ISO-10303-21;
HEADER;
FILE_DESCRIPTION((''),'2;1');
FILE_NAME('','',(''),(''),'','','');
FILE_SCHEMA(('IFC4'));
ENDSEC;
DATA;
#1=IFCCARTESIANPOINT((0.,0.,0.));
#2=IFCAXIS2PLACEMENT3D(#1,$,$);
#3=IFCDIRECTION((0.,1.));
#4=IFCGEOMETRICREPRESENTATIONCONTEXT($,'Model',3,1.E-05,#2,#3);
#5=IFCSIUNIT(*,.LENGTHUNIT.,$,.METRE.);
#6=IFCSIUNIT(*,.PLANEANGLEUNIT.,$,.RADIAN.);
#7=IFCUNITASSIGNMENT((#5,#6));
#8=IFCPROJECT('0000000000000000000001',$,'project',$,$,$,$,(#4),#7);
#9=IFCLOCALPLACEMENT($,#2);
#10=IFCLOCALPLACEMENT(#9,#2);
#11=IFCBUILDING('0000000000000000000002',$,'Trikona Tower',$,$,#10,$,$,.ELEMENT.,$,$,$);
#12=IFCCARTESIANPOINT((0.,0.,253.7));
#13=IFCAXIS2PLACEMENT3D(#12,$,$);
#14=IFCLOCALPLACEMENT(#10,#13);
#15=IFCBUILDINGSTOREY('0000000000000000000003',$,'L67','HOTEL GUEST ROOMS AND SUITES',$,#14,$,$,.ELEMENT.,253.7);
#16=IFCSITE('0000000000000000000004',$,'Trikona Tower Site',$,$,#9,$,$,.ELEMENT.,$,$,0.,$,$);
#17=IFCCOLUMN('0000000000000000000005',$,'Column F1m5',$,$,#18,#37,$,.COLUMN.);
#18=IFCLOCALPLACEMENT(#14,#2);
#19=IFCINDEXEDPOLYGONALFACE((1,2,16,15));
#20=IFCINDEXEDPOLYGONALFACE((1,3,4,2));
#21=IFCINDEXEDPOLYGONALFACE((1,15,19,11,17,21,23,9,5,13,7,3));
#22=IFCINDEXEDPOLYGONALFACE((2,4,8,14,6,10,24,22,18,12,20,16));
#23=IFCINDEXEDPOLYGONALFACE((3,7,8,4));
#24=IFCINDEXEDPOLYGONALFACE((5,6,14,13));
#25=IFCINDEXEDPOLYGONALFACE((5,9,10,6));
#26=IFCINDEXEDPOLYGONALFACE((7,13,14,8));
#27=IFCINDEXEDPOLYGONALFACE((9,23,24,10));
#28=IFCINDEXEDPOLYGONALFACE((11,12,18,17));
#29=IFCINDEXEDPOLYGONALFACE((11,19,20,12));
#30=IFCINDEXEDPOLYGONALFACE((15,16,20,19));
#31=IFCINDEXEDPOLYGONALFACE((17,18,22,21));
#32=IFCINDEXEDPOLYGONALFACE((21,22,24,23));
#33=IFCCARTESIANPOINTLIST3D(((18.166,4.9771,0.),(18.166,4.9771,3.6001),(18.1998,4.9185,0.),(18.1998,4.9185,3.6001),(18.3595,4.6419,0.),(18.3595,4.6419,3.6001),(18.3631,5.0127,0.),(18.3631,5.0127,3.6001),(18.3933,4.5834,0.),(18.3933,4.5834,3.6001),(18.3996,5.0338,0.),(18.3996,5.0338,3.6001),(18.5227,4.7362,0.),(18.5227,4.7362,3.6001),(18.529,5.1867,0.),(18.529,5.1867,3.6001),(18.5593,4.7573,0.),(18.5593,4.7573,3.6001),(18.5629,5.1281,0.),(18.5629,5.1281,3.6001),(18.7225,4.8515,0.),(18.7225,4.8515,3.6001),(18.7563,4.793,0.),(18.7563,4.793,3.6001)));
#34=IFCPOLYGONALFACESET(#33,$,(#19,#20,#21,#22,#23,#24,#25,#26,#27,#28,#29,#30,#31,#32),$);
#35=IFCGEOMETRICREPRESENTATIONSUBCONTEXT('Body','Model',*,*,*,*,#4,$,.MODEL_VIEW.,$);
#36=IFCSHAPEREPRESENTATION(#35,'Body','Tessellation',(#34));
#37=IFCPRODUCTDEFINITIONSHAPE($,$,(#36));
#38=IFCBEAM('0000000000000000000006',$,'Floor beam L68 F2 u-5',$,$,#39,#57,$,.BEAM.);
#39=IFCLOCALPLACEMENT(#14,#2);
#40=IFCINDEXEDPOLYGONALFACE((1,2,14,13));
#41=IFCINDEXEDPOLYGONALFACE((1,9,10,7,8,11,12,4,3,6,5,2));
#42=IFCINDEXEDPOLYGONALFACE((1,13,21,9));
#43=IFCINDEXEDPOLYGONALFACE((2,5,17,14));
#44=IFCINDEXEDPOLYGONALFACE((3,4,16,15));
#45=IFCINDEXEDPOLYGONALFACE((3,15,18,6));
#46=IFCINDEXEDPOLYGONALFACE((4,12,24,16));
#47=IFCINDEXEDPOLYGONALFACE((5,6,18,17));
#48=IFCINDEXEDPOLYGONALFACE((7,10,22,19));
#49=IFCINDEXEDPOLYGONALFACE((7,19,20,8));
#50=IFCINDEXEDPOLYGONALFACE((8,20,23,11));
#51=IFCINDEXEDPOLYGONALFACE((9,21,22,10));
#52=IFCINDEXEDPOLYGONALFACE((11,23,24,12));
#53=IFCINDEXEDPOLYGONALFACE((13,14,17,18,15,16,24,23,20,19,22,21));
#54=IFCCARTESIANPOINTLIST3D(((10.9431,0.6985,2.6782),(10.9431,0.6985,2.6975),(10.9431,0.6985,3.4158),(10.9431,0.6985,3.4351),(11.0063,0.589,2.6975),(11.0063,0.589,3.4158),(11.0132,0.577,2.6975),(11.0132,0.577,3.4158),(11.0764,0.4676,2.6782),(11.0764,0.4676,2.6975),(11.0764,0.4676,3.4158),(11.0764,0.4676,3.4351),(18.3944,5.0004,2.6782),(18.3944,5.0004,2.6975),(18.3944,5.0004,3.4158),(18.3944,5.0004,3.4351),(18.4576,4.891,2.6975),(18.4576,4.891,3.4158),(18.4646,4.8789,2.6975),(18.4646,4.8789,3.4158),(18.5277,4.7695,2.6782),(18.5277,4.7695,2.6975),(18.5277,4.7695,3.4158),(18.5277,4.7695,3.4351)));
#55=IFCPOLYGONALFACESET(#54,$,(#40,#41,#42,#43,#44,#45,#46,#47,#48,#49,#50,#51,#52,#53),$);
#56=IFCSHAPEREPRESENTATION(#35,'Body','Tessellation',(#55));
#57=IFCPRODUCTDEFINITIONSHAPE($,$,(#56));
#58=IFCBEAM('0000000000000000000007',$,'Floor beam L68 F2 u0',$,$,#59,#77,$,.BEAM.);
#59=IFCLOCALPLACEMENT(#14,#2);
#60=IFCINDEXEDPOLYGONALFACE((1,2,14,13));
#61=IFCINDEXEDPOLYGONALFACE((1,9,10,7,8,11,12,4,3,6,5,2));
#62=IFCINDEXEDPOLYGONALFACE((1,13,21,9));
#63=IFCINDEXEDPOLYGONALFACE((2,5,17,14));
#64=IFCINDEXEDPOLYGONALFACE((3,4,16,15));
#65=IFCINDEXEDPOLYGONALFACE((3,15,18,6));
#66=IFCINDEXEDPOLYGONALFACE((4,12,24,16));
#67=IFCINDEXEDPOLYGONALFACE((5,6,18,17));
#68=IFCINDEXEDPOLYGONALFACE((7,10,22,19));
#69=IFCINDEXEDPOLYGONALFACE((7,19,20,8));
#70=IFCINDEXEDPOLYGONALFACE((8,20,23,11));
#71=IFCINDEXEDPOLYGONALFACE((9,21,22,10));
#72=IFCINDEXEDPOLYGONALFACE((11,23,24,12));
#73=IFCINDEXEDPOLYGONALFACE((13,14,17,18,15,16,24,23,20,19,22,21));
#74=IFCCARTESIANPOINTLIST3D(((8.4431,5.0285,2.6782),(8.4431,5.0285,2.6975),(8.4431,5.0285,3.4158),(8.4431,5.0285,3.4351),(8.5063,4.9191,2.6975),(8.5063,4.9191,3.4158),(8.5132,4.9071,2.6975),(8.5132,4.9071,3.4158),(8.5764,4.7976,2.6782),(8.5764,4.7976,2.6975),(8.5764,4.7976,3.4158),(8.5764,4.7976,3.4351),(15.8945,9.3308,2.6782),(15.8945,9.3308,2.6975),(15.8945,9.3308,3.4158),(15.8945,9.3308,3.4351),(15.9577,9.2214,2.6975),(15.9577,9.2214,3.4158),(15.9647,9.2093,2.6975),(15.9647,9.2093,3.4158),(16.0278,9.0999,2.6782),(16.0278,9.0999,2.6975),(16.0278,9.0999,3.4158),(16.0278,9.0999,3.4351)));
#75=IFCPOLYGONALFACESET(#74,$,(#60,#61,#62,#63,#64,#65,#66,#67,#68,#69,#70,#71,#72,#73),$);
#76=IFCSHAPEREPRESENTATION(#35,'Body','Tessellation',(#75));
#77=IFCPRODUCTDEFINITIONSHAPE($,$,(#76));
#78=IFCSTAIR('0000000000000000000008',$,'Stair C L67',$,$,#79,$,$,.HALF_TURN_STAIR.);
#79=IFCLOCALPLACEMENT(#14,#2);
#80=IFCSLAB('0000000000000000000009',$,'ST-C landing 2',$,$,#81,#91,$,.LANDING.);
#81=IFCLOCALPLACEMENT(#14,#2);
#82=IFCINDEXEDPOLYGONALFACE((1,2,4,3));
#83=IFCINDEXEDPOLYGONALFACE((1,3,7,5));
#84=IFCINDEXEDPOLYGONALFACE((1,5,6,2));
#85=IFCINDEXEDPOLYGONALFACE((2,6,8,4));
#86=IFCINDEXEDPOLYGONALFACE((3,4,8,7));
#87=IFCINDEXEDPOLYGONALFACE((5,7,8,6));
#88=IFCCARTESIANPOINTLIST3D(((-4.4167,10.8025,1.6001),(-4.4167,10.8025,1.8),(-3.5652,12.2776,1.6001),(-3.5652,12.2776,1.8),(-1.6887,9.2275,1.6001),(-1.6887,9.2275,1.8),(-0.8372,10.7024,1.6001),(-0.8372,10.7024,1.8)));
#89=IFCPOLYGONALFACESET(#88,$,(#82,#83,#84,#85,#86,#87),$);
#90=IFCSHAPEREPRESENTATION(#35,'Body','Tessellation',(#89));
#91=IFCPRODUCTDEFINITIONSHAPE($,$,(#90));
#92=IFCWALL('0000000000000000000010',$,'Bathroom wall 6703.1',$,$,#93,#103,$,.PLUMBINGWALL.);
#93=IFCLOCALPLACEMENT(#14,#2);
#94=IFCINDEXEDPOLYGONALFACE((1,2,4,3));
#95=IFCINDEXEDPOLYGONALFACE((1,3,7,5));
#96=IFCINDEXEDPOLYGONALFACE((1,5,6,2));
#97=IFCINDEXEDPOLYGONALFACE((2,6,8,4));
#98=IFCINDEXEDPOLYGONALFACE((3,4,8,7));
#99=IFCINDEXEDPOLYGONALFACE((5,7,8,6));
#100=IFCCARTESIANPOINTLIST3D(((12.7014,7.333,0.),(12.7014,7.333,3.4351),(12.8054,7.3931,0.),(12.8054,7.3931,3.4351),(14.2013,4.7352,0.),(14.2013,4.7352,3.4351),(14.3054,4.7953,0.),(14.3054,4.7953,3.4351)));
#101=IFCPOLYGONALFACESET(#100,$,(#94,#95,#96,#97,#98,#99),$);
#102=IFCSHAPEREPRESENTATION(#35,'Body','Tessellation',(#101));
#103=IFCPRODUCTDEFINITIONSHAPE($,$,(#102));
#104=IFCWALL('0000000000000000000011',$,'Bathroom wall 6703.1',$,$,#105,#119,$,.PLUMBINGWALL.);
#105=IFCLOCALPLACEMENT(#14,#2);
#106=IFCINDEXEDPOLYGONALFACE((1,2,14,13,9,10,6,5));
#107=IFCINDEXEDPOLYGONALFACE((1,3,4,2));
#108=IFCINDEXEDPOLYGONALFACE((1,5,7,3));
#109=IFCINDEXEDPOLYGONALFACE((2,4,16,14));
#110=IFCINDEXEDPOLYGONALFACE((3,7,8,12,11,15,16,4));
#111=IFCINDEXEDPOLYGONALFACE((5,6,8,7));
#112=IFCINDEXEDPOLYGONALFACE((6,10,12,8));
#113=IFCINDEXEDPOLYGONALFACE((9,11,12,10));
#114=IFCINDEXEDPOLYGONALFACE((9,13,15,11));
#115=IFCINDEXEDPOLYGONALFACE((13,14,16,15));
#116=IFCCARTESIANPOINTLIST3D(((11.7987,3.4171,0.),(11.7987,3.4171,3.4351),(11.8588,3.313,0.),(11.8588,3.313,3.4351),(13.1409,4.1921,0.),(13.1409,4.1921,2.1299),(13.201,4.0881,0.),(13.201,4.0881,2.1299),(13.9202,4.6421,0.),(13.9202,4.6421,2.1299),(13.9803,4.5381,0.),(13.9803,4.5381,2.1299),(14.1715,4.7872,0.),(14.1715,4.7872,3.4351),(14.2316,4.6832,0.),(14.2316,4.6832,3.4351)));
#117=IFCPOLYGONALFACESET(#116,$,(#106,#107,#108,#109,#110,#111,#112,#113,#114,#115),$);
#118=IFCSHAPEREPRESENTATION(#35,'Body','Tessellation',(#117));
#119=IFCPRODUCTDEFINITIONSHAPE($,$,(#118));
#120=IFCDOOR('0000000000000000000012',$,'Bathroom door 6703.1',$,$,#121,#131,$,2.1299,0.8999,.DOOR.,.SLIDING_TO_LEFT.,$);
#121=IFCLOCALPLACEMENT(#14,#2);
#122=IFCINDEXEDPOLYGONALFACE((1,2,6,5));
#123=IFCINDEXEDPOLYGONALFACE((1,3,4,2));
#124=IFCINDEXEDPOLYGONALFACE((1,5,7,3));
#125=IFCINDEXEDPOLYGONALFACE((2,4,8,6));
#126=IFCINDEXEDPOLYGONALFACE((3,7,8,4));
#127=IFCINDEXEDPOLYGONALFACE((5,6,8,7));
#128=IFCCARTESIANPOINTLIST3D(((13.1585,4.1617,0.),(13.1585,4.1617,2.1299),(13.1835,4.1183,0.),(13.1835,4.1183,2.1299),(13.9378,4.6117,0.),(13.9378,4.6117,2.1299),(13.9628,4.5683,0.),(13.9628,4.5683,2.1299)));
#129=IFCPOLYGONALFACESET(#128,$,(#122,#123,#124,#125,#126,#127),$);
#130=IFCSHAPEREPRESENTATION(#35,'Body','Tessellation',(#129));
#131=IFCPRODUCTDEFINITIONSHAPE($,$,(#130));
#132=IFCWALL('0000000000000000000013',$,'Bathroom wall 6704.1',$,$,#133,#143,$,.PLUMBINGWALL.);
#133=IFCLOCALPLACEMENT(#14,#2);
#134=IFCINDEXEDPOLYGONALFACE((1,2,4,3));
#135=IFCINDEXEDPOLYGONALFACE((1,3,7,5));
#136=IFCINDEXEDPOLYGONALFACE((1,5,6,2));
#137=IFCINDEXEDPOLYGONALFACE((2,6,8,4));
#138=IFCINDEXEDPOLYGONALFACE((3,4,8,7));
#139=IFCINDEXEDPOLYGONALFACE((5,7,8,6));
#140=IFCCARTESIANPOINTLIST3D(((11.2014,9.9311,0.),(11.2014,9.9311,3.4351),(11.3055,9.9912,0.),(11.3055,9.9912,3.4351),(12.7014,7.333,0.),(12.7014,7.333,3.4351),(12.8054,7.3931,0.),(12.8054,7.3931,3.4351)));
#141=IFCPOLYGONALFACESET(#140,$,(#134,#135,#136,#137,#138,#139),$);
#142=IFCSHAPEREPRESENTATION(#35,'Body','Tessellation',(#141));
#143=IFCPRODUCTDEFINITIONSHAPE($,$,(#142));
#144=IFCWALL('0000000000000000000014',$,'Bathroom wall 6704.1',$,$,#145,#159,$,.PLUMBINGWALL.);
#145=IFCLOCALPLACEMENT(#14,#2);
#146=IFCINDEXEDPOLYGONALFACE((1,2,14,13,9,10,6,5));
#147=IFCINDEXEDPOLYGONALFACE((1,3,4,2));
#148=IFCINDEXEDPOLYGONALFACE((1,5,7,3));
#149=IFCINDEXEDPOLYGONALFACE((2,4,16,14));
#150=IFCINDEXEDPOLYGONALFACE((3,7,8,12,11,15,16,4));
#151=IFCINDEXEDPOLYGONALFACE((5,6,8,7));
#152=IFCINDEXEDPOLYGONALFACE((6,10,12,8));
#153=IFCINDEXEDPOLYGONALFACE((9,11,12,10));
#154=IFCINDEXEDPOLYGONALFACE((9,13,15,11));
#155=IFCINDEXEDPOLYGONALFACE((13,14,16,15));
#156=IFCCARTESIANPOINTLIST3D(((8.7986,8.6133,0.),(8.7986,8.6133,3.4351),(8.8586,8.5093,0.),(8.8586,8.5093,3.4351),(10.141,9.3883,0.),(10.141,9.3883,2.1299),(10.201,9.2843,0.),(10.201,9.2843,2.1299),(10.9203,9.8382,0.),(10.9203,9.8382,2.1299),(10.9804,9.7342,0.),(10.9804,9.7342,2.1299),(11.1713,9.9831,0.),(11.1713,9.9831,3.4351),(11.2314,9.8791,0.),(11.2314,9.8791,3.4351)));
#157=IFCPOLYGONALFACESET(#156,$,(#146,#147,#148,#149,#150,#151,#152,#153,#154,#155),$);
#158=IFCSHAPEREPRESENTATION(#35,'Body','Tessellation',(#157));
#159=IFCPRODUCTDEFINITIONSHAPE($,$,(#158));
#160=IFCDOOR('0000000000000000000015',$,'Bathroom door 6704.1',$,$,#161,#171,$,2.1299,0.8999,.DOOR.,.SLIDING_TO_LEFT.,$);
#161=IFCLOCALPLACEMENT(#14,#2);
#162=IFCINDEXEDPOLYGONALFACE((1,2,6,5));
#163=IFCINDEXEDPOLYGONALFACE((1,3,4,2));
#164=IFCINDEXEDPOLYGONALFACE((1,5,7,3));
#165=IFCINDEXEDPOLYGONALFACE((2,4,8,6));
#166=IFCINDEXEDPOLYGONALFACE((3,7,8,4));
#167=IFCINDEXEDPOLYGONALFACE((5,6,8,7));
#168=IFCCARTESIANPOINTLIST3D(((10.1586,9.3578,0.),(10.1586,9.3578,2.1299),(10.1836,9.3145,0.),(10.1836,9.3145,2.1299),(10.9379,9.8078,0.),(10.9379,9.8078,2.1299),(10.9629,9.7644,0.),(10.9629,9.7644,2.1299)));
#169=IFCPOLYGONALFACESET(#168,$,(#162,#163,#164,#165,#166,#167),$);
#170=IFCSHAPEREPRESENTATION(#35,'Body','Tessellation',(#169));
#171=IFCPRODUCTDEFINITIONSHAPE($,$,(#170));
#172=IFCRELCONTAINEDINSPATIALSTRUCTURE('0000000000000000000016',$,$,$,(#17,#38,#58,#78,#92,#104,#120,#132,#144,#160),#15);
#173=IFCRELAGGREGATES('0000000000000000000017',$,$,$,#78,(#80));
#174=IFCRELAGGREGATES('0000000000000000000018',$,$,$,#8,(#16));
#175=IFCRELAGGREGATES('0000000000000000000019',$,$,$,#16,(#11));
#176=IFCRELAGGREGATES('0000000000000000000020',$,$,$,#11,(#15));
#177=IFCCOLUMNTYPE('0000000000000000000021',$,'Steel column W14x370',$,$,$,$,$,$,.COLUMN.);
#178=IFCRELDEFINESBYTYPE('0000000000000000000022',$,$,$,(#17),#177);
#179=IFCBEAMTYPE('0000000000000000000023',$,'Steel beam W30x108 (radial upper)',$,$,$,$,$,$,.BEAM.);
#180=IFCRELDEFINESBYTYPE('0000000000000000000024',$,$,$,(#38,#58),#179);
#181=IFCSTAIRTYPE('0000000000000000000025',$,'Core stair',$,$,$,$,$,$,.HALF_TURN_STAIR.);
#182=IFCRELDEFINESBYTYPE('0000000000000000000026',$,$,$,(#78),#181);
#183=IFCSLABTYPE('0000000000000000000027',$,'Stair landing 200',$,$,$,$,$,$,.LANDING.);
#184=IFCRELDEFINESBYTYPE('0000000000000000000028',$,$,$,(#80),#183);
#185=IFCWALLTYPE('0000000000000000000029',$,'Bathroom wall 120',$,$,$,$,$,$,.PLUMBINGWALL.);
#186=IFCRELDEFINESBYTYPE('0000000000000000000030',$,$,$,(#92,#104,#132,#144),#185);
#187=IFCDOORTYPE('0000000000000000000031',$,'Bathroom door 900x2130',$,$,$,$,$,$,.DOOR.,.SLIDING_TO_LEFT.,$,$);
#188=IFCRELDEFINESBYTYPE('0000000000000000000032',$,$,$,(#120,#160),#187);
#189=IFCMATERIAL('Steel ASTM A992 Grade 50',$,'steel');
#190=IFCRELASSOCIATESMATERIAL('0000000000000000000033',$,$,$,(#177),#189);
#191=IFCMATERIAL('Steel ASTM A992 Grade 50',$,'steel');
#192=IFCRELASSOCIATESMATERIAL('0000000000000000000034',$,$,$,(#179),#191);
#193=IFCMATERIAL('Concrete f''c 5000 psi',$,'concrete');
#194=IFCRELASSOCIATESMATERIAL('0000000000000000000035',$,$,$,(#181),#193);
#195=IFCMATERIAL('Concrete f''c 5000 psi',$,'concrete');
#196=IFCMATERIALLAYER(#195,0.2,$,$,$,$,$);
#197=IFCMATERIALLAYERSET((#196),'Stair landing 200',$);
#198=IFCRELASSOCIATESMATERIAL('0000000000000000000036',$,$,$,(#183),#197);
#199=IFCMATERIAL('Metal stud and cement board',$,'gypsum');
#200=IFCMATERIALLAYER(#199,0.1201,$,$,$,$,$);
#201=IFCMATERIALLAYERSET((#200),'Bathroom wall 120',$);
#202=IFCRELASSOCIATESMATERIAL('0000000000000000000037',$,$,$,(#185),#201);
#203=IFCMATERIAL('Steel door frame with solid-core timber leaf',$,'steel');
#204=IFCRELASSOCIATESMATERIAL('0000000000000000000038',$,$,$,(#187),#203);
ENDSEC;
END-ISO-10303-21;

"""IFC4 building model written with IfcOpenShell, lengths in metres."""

from ifc_helpers import new_model, si_unit, direction, frame, frame_2d, origin, origin_2d, place, context, subcontext, project, spatial, polyline, rectangle, i_section, outline, extrude, material, layer, layer_set, material_profile, profile_set, type_object, element, fill, aggregate, save


model = new_model("IFC4")

# Units and contexts
model_context = context("Model", 3, precision=1e-05, world=origin(), true_north=direction((0.0, 1.0)))
body_context = subcontext(model_context, "Body", "Model", "MODEL_VIEW")
ifc_project = project(units=[si_unit("LENGTHUNIT", "METRE"), si_unit("PLANEANGLEUNIT", "RADIAN")], contexts=[model_context])

# Site, building, storey
site_placement = place(None, origin())
site = spatial("IfcSite", under=ifc_project, at=site_placement, Name="Trikona Tower Site", CompositionType="ELEMENT", RefElevation=0.0)
building_placement = place(site_placement, origin())
building = spatial("IfcBuilding", under=site, at=building_placement, Name="Trikona Tower", CompositionType="ELEMENT")
storey_placement = place(building_placement, frame((0.0, 0.0, 253.7)))
storey = spatial("IfcBuildingStorey", under=building, at=storey_placement, Name="L67", Description="HOTEL GUEST ROOMS AND SUITES", CompositionType="ELEMENT", Elevation=253.7)

# Column
ifc_material_1 = material(Name="Steel ASTM A992 Grade 50", Category="steel")
ifc_material_profile_1 = material_profile(ifc_material_1, i_section(OverallWidth=0.4192, OverallDepth=0.4546, WebThickness=0.0422, FlangeThickness=0.0676, at=origin_2d()), Name="W14X370")
ifc_profile_set_1 = profile_set([ifc_material_profile_1], Name="Steel ASTM A992 Grade 50")
column_type = type_object("IfcColumnType", Name="Steel column W14x370", PredefinedType="COLUMN", material=ifc_profile_set_1)
column_placement = place(storey_placement, frame((18.4612, 4.885, 0.0), z_axis=(0.0, 0.0, 1.0), x_axis=(0.866025, 0.5, 0.0)))
element("IfcColumn", 1, at=column_placement, inside=storey, type_object=column_type, Name="Column F1m5", PredefinedType="COLUMN", context=body_context, shape_type="SweptSolid", body=[
    extrude(i_section(OverallWidth=0.4192, OverallDepth=0.4546, WebThickness=0.0422, FlangeThickness=0.0676, at=origin_2d()), origin(), (0.0, 0.0, 1.0), 3.6001),
])

# Beams
ifc_material_2 = material(Name="Steel ASTM A992 Grade 50", Category="steel")
ifc_material_profile_2 = material_profile(ifc_material_2, i_section(OverallWidth=0.2666, OverallDepth=0.7568, WebThickness=0.0139, FlangeThickness=0.0193, at=origin_2d()), Name="W30X108")
ifc_profile_set_2 = profile_set([ifc_material_profile_2], Name="Steel ASTM A992 Grade 50")
beam_type = type_object("IfcBeamType", Name="Steel beam W30x108 (radial upper)", PredefinedType="BEAM", material=ifc_profile_set_2)
beam_1_placement = place(storey_placement, frame((11.0098, 0.583, 3.0566), z_axis=(0.866029, 0.499993, 0.0), x_axis=(-0.499993, 0.866029, 0.0)))
element("IfcBeam", 2, at=beam_1_placement, inside=storey, type_object=beam_type, Name="Floor beam L68 F2 u-5", PredefinedType="BEAM", context=body_context, shape_type="SweptSolid", body=[
    extrude(i_section(OverallWidth=0.2666, OverallDepth=0.7568, WebThickness=0.0139, FlangeThickness=0.0193, at=origin_2d()), origin(), (0.0, 0.0, 1.0), 8.604),
])
beam_2_placement = place(storey_placement, frame((8.5098, 4.9131, 3.0566), z_axis=(0.866017, 0.500015, 0.0), x_axis=(-0.500015, 0.866017, 0.0)))
element("IfcBeam", 3, at=beam_2_placement, inside=storey, type_object=beam_type, Name="Floor beam L68 F2 u0", PredefinedType="BEAM", context=body_context, shape_type="SweptSolid", body=[
    extrude(i_section(OverallWidth=0.2666, OverallDepth=0.7568, WebThickness=0.0139, FlangeThickness=0.0193, at=origin_2d()), origin(), (0.0, 0.0, 1.0), 8.6042),
])

# Stair, slab
ifc_material_3 = material(Name="Concrete f'c 5000 psi", Category="concrete")
stair_type = type_object("IfcStairType", Name="Core stair", PredefinedType="HALF_TURN_STAIR", material=ifc_material_3)
stair_1_placement = place(storey_placement, origin())
stair_1 = element("IfcStair", 4, at=stair_1_placement, inside=storey, type_object=stair_type, Name="Stair C L67", PredefinedType="HALF_TURN_STAIR")
ifc_material_4 = material(Name="Concrete f'c 5000 psi", Category="concrete")
ifc_layer_1 = layer(ifc_material_4, 0.2)
ifc_layer_set_1 = layer_set([ifc_layer_1], Name="Stair landing 200")
slab_type = type_object("IfcSlabType", Name="Stair landing 200", PredefinedType="LANDING", material=ifc_layer_set_1)
slab_placement = place(storey_placement, frame((0.0, 0.0, 1.6001)))
slab = element("IfcSlab", 5, at=slab_placement, type_object=slab_type, Name="ST-C landing 2", PredefinedType="LANDING", context=body_context, shape_type="SweptSolid", body=[
    extrude(outline(polyline([(-0.8372, 10.7024), (-1.6887, 9.2275), (-4.4167, 10.8025), (-3.5652, 12.2776), (-0.8372, 10.7024)])), origin(), (0.0, 0.0, 1.0), 0.2),
])
aggregate(stair_1, [slab])

# Wall
ifc_material_5 = material(Name="Metal stud and cement board", Category="gypsum")
ifc_layer_2 = layer(ifc_material_5, 0.1201)
ifc_layer_set_2 = layer_set([ifc_layer_2], Name="Bathroom wall 120")
wall_type_1 = type_object("IfcWallType", Name="Bathroom wall 120", PredefinedType="PLUMBINGWALL", material=ifc_layer_set_2)
wall_1_placement = place(storey_placement, frame((14.2534, 4.7651, 0.0), z_axis=(0.0, 0.0, 1.0), x_axis=(-0.500025, 0.866011, 0.0)))
element("IfcWall", 6, at=wall_1_placement, inside=storey, type_object=wall_type_1, Name="Bathroom wall 6703.1", PredefinedType="PLUMBINGWALL", context=body_context, shape_type="SweptSolid", body=[
    extrude(rectangle(XDim=2.9998, YDim=0.1201, at=frame_2d((1.5, 0.0))), origin(), (0.0, 0.0, 1.0), 3.4351),
])

# Wall, opening, door
wall_2_placement = place(storey_placement, frame((11.8286, 3.365, 0.0), z_axis=(0.0, 0.0, 1.0), x_axis=(0.865997, 0.500049, 0.0)))
wall_2 = element("IfcWall", 7, at=wall_2_placement, inside=storey, type_object=wall_type_1, Name="Bathroom wall 6703.1", PredefinedType="PLUMBINGWALL", context=body_context, shape_type="SweptSolid", body=[
    extrude(rectangle(XDim=2.74, YDim=0.1201, at=frame_2d((1.3701, 0.0))), origin(), (0.0, 0.0, 1.0), 3.4351),
])
opening_1_placement = place(wall_2_placement, frame((1.55, 0.0, 0.0)))
opening_1 = element("IfcOpeningElement", 8, at=opening_1_placement, cuts=wall_2, PredefinedType="OPENING", context=body_context, shape_type="SweptSolid", body=[
    extrude(rectangle(XDim=0.8999, YDim=2.1299, at=frame_2d((0.45, 1.0649))), frame((0.0, 0.0701, 0.0), z_axis=(0.0, -1.0, 0.0), x_axis=(1.0, 0.0, 0.0)), (0.0, 0.0, 1.0), 0.1401),
])
ifc_material_6 = material(Name="Steel door frame with solid-core timber leaf", Category="steel")
door_type_1 = type_object("IfcDoorType", Name="Bathroom door 900x2130", OperationType="SLIDING_TO_LEFT", PredefinedType="DOOR", material=ifc_material_6)
door_1_placement = place(opening_1_placement, origin())
door_1 = element("IfcDoor", 9, at=door_1_placement, inside=storey, type_object=door_type_1, Name="Bathroom door 6703.1", OperationType="SLIDING_TO_LEFT", OverallHeight=2.1299, OverallWidth=0.8999, PredefinedType="DOOR", context=body_context, shape_type="SweptSolid", body=[
    extrude(rectangle(XDim=0.8999, YDim=2.1299, at=frame_2d((0.45, 1.0649))), frame((0.0, 0.0249, 0.0), z_axis=(0.0, -1.0, 0.0), x_axis=(1.0, 0.0, 0.0)), (0.0, 0.0, 1.0), 0.05),
])
fill(opening_1, door_1)

# Wall
wall_3_placement = place(storey_placement, frame((12.7534, 7.363, 0.0), z_axis=(0.0, 0.0, 1.0), x_axis=(-0.49999, 0.866031, 0.0)))
element("IfcWall", 10, at=wall_3_placement, inside=storey, type_object=wall_type_1, Name="Bathroom wall 6704.1", PredefinedType="PLUMBINGWALL", context=body_context, shape_type="SweptSolid", body=[
    extrude(rectangle(XDim=3.0, YDim=0.1201, at=frame_2d((1.5, 0.0))), origin(), (0.0, 0.0, 1.0), 3.4351),
])

# Wall, opening, door
wall_4_placement = place(storey_placement, frame((8.8286, 8.5613, 0.0), z_axis=(0.0, 0.0, 1.0), x_axis=(0.866036, 0.499982, 0.0)))
wall_4 = element("IfcWall", 11, at=wall_4_placement, inside=storey, type_object=wall_type_1, Name="Bathroom wall 6704.1", PredefinedType="PLUMBINGWALL", context=body_context, shape_type="SweptSolid", body=[
    extrude(rectangle(XDim=2.7397, YDim=0.1201, at=frame_2d((1.3699, 0.0))), origin(), (0.0, 0.0, 1.0), 3.4351),
])
opening_2_placement = place(wall_4_placement, frame((1.55, 0.0, 0.0)))
opening_2 = element("IfcOpeningElement", 12, at=opening_2_placement, cuts=wall_4, PredefinedType="OPENING", context=body_context, shape_type="SweptSolid", body=[
    extrude(rectangle(XDim=0.8999, YDim=2.1299, at=frame_2d((0.45, 1.0649))), frame((0.0, 0.0701, 0.0), z_axis=(0.0, -1.0, 0.0), x_axis=(1.0, 0.0, 0.0)), (0.0, 0.0, 1.0), 0.1401),
])
door_2_placement = place(opening_2_placement, origin())
door_2 = element("IfcDoor", 13, at=door_2_placement, inside=storey, type_object=door_type_1, Name="Bathroom door 6704.1", OperationType="SLIDING_TO_LEFT", OverallHeight=2.1299, OverallWidth=0.8999, PredefinedType="DOOR", context=body_context, shape_type="SweptSolid", body=[
    extrude(rectangle(XDim=0.8999, YDim=2.1299, at=frame_2d((0.45, 1.0649))), frame((0.0, 0.0249, 0.0), z_axis=(0.0, -1.0, 0.0), x_axis=(1.0, 0.0, 0.0)), (0.0, 0.0, 1.0), 0.05),
])
fill(opening_2, door_2)

save(model, "model.ifc")
